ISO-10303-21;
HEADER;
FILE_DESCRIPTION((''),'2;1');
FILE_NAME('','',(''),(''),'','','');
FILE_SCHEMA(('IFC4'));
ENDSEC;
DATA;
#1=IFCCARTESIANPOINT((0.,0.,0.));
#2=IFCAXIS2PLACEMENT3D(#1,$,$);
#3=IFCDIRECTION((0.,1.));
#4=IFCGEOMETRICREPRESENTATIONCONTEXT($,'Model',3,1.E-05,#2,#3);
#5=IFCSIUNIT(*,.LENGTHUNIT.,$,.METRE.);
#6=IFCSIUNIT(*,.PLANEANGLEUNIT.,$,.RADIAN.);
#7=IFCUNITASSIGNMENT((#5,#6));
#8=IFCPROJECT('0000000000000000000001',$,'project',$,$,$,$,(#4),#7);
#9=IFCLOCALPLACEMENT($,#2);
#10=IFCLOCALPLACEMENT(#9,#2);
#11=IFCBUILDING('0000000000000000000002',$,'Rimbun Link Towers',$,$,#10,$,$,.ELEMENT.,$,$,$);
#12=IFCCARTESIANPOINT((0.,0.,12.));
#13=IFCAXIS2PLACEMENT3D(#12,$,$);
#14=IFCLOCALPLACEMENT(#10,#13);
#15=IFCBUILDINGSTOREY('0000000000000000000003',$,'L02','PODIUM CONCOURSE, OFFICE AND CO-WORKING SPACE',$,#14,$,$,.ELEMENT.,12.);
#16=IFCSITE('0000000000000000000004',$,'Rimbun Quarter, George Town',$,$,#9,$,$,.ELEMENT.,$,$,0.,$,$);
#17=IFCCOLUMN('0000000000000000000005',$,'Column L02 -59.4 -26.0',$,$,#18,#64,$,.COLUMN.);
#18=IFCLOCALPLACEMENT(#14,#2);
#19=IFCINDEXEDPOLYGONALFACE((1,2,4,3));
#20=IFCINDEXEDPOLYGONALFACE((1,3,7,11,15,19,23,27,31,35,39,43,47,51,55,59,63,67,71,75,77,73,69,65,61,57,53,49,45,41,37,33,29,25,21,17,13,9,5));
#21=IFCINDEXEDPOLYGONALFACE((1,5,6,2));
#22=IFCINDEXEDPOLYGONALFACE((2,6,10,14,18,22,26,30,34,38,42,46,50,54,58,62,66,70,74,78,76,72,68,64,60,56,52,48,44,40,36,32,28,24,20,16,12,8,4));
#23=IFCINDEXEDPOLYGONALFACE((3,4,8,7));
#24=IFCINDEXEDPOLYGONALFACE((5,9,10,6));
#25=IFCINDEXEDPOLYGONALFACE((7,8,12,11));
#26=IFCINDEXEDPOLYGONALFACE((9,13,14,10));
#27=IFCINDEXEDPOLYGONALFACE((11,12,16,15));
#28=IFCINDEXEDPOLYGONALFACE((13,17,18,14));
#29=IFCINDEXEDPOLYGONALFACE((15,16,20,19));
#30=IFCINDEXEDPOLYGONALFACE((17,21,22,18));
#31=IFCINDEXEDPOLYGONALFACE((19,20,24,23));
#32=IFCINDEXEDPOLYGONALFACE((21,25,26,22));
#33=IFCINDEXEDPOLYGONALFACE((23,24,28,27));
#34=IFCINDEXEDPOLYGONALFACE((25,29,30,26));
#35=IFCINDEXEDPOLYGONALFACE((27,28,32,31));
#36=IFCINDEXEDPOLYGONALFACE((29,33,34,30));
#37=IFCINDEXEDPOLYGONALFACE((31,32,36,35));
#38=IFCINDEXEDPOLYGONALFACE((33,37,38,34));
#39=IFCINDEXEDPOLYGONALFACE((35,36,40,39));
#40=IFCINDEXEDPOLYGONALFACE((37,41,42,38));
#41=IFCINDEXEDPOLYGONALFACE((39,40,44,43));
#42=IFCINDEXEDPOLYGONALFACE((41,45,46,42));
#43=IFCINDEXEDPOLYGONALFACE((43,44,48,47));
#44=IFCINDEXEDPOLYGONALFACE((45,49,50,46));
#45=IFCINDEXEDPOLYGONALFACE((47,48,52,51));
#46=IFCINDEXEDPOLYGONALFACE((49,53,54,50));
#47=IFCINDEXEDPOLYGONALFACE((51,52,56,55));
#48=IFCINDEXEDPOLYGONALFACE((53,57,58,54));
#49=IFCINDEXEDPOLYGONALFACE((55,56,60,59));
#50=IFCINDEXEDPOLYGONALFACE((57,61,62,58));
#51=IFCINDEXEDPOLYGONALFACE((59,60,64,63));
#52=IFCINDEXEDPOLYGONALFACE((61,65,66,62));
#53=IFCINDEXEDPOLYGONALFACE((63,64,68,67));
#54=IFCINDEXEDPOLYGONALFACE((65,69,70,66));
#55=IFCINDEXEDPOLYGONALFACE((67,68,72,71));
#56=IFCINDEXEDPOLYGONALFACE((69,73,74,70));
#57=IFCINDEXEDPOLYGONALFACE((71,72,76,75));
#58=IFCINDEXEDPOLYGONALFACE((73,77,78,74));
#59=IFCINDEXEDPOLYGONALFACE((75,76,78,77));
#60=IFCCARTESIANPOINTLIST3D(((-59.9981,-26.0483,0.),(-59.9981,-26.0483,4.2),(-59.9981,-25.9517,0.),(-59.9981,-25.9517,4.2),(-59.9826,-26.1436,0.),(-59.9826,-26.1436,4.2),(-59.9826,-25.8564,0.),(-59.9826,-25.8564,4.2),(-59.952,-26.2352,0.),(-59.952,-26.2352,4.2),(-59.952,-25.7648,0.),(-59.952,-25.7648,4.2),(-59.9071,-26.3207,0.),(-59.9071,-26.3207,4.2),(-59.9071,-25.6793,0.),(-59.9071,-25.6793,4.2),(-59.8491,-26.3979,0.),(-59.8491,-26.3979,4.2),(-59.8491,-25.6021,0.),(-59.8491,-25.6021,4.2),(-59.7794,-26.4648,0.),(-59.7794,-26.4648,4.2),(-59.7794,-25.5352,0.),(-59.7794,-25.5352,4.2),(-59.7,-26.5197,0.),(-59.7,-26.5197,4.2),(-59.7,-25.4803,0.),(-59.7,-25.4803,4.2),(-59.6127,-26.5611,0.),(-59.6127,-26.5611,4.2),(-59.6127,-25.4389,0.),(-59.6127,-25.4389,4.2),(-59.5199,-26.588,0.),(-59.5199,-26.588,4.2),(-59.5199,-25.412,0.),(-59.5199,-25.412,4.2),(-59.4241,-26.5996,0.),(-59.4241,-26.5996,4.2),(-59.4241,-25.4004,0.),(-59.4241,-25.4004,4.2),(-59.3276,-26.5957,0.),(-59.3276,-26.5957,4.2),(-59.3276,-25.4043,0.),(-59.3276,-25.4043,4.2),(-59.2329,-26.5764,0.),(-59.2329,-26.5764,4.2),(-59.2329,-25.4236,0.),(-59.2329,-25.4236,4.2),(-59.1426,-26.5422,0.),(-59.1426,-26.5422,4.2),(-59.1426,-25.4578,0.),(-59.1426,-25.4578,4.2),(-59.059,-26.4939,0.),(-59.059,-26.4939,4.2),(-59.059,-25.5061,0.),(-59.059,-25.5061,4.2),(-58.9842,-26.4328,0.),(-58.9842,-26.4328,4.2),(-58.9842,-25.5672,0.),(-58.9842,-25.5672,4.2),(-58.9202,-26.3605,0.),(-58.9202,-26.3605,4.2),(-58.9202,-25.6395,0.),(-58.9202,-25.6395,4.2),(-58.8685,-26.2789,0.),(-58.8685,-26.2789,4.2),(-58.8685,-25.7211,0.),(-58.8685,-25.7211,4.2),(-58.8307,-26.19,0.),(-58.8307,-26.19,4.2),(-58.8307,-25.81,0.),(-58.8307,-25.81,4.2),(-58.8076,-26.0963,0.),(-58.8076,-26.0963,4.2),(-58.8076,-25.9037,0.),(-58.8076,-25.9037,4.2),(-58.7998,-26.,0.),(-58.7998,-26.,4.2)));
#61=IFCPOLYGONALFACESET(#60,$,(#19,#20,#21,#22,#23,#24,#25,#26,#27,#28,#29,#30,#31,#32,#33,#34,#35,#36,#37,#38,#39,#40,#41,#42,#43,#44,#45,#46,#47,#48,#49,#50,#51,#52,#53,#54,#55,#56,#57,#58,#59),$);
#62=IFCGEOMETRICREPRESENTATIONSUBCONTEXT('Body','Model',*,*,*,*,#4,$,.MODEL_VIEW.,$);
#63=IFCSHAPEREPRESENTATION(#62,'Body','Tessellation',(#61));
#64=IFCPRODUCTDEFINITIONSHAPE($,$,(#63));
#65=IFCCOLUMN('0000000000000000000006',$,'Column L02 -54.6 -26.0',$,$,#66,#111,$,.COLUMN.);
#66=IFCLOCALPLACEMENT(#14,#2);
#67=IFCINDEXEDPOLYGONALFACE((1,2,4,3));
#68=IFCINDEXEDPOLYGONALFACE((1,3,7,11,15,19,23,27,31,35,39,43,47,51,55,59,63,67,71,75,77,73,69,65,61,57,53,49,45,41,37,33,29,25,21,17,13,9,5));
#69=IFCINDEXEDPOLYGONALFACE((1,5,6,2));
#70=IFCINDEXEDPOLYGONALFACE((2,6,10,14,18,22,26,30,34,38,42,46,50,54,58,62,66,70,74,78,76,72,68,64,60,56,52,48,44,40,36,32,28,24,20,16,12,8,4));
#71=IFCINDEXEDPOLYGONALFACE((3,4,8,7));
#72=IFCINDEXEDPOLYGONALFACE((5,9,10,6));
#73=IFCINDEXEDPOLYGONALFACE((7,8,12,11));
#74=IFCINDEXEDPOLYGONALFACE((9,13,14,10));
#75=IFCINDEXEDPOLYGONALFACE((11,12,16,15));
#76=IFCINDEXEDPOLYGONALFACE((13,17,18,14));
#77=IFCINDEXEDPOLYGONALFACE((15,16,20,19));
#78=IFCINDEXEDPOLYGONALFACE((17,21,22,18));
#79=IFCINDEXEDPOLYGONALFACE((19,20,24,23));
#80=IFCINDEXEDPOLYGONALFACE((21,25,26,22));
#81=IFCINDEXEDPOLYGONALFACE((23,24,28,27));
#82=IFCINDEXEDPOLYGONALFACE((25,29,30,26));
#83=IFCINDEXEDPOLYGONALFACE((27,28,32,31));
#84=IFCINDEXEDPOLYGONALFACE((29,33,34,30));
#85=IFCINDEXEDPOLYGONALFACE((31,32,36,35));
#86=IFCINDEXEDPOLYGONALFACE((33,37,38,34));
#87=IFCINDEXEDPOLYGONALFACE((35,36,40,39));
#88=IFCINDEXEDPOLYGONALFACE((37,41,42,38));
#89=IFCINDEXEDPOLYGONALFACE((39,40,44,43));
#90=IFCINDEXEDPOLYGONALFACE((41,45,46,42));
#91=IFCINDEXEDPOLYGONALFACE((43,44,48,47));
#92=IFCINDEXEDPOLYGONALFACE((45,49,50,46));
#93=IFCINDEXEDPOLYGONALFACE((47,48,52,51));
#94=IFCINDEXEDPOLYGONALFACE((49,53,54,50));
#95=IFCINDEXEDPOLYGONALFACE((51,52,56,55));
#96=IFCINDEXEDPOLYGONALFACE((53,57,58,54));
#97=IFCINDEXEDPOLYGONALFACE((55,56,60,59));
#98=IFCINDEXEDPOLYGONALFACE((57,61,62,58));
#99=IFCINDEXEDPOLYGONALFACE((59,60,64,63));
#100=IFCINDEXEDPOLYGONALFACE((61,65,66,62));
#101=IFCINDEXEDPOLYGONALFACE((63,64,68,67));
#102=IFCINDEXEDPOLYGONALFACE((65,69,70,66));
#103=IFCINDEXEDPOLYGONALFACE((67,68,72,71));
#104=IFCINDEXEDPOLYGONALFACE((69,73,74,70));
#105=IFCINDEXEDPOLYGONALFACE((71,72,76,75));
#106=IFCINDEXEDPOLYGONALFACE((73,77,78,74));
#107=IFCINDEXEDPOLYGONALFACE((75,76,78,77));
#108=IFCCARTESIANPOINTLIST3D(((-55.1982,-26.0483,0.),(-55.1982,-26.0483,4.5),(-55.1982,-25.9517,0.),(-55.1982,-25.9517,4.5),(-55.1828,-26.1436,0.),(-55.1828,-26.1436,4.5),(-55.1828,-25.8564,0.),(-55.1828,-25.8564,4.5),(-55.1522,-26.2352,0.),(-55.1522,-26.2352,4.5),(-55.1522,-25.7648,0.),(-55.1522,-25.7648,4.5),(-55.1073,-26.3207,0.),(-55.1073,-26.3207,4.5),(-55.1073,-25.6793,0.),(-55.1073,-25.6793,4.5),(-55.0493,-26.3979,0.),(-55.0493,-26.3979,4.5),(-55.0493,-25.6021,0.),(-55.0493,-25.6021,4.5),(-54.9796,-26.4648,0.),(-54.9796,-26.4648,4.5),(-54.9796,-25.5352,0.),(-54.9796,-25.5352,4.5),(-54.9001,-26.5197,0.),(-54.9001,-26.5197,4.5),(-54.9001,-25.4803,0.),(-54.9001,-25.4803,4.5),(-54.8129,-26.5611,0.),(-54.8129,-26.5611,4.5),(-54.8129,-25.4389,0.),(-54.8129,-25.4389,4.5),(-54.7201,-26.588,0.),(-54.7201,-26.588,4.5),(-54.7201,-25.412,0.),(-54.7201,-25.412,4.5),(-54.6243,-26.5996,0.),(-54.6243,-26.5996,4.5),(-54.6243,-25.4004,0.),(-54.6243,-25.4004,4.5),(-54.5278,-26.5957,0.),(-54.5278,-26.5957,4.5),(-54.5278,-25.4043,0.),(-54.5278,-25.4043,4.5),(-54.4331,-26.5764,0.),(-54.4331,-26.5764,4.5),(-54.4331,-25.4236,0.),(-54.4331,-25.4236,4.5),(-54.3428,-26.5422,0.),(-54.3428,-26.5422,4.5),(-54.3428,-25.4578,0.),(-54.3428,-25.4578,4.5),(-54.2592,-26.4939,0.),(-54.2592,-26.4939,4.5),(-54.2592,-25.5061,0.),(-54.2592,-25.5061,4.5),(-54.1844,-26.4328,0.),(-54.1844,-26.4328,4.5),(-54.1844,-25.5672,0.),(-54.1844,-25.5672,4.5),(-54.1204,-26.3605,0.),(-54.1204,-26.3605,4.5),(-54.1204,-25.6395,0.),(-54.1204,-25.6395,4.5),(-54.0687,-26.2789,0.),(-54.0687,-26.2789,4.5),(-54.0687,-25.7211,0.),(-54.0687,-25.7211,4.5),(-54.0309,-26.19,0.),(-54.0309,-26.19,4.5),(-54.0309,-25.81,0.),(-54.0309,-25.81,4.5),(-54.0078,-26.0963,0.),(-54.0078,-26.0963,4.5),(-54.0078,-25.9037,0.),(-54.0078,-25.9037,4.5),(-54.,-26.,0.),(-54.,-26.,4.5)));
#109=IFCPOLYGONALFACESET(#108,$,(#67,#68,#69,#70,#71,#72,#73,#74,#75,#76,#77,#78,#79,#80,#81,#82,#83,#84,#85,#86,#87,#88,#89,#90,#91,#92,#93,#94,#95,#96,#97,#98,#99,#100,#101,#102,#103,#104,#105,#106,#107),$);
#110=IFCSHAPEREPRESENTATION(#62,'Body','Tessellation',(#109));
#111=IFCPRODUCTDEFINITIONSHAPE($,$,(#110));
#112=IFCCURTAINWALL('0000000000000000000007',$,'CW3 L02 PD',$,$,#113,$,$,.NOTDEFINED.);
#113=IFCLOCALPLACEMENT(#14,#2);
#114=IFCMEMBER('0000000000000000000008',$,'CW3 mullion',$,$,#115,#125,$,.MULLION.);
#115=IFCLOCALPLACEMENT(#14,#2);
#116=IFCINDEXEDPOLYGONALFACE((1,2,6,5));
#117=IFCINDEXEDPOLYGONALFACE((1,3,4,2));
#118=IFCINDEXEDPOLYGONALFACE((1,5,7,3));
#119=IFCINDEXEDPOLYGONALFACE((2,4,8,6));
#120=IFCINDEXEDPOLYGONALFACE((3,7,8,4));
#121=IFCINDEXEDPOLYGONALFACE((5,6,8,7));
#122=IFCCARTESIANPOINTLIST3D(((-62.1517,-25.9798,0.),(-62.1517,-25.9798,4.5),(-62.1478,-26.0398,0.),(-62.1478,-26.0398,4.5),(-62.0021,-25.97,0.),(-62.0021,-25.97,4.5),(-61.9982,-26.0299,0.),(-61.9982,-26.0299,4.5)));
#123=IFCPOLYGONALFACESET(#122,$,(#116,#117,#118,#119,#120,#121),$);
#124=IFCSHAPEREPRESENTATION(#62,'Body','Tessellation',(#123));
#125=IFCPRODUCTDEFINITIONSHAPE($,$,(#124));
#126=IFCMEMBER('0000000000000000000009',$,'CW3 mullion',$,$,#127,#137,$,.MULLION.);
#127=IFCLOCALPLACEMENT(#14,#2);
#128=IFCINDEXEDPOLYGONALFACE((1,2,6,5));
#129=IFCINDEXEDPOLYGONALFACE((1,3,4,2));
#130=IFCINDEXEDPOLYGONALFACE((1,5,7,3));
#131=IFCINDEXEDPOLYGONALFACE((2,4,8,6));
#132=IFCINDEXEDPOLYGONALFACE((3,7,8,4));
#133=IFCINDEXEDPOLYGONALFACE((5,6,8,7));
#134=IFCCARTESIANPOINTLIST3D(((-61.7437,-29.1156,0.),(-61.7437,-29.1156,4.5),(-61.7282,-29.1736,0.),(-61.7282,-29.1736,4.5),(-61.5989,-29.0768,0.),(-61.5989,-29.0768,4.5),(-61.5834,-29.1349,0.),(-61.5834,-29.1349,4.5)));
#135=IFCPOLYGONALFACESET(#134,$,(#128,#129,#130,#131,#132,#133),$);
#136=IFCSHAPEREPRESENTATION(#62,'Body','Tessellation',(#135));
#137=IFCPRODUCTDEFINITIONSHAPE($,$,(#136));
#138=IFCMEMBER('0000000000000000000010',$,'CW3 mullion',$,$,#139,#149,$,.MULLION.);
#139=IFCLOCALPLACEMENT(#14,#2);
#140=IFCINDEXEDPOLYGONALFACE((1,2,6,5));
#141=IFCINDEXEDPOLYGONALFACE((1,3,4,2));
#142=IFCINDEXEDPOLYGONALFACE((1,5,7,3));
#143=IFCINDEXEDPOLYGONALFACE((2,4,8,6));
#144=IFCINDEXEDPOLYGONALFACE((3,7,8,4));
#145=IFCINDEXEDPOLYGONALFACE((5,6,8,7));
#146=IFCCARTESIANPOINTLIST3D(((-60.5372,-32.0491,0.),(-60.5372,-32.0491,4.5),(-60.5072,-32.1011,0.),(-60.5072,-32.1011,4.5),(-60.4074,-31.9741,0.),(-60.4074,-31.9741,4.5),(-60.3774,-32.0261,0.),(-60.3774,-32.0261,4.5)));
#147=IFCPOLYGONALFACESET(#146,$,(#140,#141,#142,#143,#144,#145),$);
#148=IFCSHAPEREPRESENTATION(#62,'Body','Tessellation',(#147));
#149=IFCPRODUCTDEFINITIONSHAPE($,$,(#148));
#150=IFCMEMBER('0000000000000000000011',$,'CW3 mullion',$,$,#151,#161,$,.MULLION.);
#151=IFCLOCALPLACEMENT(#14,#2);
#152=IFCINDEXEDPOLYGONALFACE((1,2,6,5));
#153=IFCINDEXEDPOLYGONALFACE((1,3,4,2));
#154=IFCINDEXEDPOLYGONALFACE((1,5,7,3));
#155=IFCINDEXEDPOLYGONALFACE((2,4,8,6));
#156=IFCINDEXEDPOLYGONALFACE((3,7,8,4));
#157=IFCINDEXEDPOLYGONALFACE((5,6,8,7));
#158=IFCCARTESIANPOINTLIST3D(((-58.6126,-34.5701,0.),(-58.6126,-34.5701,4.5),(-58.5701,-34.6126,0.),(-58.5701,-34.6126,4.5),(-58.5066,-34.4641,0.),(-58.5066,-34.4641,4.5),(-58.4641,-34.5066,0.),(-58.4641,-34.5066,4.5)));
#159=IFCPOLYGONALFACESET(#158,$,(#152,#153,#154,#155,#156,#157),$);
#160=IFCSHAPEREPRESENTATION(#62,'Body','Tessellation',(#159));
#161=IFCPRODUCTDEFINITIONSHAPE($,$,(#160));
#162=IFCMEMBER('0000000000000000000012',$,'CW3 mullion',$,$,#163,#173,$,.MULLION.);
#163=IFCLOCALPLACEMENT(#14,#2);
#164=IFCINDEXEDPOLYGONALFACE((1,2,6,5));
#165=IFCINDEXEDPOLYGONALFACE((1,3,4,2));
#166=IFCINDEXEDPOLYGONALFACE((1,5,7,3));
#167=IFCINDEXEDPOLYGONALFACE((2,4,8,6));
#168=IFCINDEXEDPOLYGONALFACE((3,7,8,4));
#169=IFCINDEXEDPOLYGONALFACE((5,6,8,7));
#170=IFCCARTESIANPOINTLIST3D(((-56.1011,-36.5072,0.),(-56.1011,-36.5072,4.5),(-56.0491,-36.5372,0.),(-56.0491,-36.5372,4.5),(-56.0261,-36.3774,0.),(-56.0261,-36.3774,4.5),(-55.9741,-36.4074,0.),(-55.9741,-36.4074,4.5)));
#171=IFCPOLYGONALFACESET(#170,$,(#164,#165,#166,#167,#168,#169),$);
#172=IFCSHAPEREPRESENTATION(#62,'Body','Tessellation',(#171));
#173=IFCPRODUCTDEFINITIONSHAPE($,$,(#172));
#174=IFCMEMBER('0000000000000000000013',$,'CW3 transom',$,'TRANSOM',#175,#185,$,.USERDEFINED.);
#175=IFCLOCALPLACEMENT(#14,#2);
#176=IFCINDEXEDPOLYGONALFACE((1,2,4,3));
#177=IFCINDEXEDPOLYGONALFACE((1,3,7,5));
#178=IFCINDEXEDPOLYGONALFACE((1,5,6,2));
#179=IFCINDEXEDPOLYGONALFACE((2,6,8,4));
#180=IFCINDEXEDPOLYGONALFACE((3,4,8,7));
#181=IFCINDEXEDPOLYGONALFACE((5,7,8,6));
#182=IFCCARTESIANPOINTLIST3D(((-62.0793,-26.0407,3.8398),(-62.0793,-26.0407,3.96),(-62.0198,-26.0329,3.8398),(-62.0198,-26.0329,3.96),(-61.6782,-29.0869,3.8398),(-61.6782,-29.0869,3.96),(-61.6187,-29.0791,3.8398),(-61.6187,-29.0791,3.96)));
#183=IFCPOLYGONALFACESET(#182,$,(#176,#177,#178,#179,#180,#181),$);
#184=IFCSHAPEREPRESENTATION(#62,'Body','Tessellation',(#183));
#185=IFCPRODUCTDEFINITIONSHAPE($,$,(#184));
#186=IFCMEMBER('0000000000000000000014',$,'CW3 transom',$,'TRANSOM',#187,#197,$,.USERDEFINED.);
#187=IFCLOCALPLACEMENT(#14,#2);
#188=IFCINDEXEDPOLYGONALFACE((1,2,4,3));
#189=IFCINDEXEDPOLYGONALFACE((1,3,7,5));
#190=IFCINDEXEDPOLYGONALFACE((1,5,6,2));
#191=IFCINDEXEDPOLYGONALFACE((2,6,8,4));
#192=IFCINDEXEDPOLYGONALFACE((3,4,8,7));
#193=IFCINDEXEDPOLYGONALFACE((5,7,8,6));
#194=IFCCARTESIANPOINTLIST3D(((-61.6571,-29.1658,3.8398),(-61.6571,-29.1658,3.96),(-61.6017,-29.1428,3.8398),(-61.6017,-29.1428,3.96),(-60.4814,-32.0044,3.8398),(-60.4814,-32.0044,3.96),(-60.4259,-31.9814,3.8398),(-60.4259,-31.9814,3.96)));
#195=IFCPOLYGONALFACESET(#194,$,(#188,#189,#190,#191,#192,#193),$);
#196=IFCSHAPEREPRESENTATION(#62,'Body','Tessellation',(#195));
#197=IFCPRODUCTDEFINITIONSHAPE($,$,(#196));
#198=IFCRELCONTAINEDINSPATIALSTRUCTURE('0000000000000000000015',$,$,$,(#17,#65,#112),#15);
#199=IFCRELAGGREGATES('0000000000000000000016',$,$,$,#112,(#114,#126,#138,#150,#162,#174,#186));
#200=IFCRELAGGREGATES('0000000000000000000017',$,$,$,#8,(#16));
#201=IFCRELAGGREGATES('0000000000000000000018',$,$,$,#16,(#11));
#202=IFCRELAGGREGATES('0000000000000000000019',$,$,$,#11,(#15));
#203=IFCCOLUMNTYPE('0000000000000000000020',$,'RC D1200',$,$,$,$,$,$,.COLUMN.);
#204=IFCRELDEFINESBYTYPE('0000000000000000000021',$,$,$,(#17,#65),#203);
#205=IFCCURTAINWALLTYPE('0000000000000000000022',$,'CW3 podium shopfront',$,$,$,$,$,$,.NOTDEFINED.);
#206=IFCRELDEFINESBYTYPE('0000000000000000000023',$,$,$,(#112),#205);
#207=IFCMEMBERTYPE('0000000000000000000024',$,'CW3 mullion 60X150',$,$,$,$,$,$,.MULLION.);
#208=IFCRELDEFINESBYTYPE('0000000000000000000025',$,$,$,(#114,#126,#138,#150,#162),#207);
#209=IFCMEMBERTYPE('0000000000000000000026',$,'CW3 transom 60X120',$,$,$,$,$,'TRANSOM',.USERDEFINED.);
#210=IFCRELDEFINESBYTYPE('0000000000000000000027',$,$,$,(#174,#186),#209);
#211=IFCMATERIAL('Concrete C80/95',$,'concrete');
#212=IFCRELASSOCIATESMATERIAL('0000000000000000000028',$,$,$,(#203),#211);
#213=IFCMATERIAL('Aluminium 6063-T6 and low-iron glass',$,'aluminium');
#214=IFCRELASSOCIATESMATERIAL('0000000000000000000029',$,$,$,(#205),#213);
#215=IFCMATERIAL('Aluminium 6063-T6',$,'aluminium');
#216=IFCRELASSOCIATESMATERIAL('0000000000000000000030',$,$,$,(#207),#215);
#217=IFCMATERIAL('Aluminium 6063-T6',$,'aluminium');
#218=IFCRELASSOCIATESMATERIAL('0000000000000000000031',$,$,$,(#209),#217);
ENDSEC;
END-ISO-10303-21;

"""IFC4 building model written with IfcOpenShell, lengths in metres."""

from ifc_helpers import new_model, si_unit, direction, frame, origin, origin_2d, place, context, subcontext, project, spatial, rectangle, circle, extrude, material, material_profile, profile_set, type_object, element, aggregate, save


model = new_model("IFC4")

# Units and contexts
model_context = context("Model", 3, precision=1e-05, world=origin(), true_north=direction((0.0, 1.0)))
body_context = subcontext(model_context, "Body", "Model", "MODEL_VIEW")
ifc_project = project(units=[si_unit("LENGTHUNIT", "METRE"), si_unit("PLANEANGLEUNIT", "RADIAN")], contexts=[model_context])

# Site, building, storey
site_placement = place(None, origin())
site = spatial("IfcSite", under=ifc_project, at=site_placement, Name="Rimbun Quarter, George Town", CompositionType="ELEMENT", RefElevation=0.0)
building_placement = place(site_placement, origin())
building = spatial("IfcBuilding", under=site, at=building_placement, Name="Rimbun Link Towers", CompositionType="ELEMENT")
storey_placement = place(building_placement, frame((0.0, 0.0, 12.0)))
storey = spatial("IfcBuildingStorey", under=building, at=storey_placement, Name="L02", Description="PODIUM CONCOURSE, OFFICE AND CO-WORKING SPACE", CompositionType="ELEMENT", Elevation=12.0)

# Columns
ifc_material_1 = material(Name="Concrete C80/95", Category="concrete")
ifc_material_profile_1 = material_profile(ifc_material_1, circle(Radius=0.6001, at=origin_2d()), Name="RC D1200")
ifc_profile_set_1 = profile_set([ifc_material_profile_1], Name="Concrete C80/95")
column_type = type_object("IfcColumnType", Name="RC D1200", PredefinedType="COLUMN", material=ifc_profile_set_1)
column_1_placement = place(storey_placement, frame((-59.3999, -26.0, 0.0), z_axis=(0.0, 0.0, 1.0), x_axis=(1.0, 0.0, 0.0)))
element("IfcColumn", 1, at=column_1_placement, inside=storey, type_object=column_type, Name="Column L02 -59.4 -26.0", PredefinedType="COLUMN", context=body_context, shape_type="SweptSolid", body=[
    extrude(circle(Radius=0.6001, at=origin_2d()), origin(), (0.0, 0.0, 1.0), 4.2),
])
column_2_placement = place(storey_placement, frame((-54.6001, -26.0, 0.0), z_axis=(0.0, 0.0, 1.0), x_axis=(1.0, 0.0, 0.0)))
element("IfcColumn", 2, at=column_2_placement, inside=storey, type_object=column_type, Name="Column L02 -54.6 -26.0", PredefinedType="COLUMN", context=body_context, shape_type="SweptSolid", body=[
    extrude(circle(Radius=0.6001, at=origin_2d()), origin(), (0.0, 0.0, 1.0), 4.5),
])

# Curtain wall, members
ifc_material_2 = material(Name="Aluminium 6063-T6 and low-iron glass", Category="aluminium")
curtain_wall_type = type_object("IfcCurtainWallType", Name="CW3 podium shopfront", PredefinedType="NOTDEFINED", material=ifc_material_2)
curtain_wall_placement = place(storey_placement, origin())
curtain_wall = element("IfcCurtainWall", 3, at=curtain_wall_placement, inside=storey, type_object=curtain_wall_type, Name="CW3 L02 PD", PredefinedType="NOTDEFINED")
ifc_material_3 = material(Name="Aluminium 6063-T6", Category="aluminium")
ifc_material_profile_2 = material_profile(ifc_material_3, rectangle(XDim=0.1499, YDim=0.0601, at=origin_2d()), Name="MULLION 60X150")
ifc_profile_set_2 = profile_set([ifc_material_profile_2], Name="Aluminium 6063-T6")
member_type_1 = type_object("IfcMemberType", Name="CW3 mullion 60X150", PredefinedType="MULLION", material=ifc_profile_set_2)
member_1_placement = place(storey_placement, frame((-62.075, -26.0049, 0.0), z_axis=(0.0, 0.0, 1.0), x_axis=(-0.997859, -0.065405, 0.0)))
member_1 = element("IfcMember", 4, at=member_1_placement, type_object=member_type_1, Name="CW3 mullion", PredefinedType="MULLION", context=body_context, shape_type="SweptSolid", body=[
    extrude(rectangle(XDim=0.1499, YDim=0.0601, at=origin_2d()), origin(), (0.0, 0.0, 1.0), 4.5),
])
member_2_placement = place(storey_placement, frame((-61.6636, -29.1252, 0.0), z_axis=(0.0, 0.0, 1.0), x_axis=(-0.965926, -0.258819, 0.0)))
member_2 = element("IfcMember", 5, at=member_2_placement, type_object=member_type_1, Name="CW3 mullion", PredefinedType="MULLION", context=body_context, shape_type="SweptSolid", body=[
    extrude(rectangle(XDim=0.1499, YDim=0.0601, at=origin_2d()), origin(), (0.0, 0.0, 1.0), 4.5),
])
member_3_placement = place(storey_placement, frame((-60.4573, -32.0376, 0.0), z_axis=(0.0, 0.0, 1.0), x_axis=(-0.866029, -0.499994, 0.0)))
member_3 = element("IfcMember", 6, at=member_3_placement, type_object=member_type_1, Name="CW3 mullion", PredefinedType="MULLION", context=body_context, shape_type="SweptSolid", body=[
    extrude(rectangle(XDim=0.1499, YDim=0.0601, at=origin_2d()), origin(), (0.0, 0.0, 1.0), 4.5),
])
member_4_placement = place(storey_placement, frame((-58.5383, -34.5383, 0.0), z_axis=(0.0, 0.0, 1.0), x_axis=(-0.707107, -0.707107, 0.0)))
member_4 = element("IfcMember", 7, at=member_4_placement, type_object=member_type_1, Name="CW3 mullion", PredefinedType="MULLION", context=body_context, shape_type="SweptSolid", body=[
    extrude(rectangle(XDim=0.1499, YDim=0.0601, at=origin_2d()), origin(), (0.0, 0.0, 1.0), 4.5),
])
member_5_placement = place(storey_placement, frame((-56.0376, -36.4573, 0.0), z_axis=(0.0, 0.0, 1.0), x_axis=(-0.499994, -0.866029, 0.0)))
member_5 = element("IfcMember", 8, at=member_5_placement, type_object=member_type_1, Name="CW3 mullion", PredefinedType="MULLION", context=body_context, shape_type="SweptSolid", body=[
    extrude(rectangle(XDim=0.1499, YDim=0.0601, at=origin_2d()), origin(), (0.0, 0.0, 1.0), 4.5),
])
ifc_material_4 = material(Name="Aluminium 6063-T6", Category="aluminium")
ifc_material_profile_3 = material_profile(ifc_material_4, rectangle(XDim=0.0601, YDim=0.1201, at=origin_2d()), Name="TRANSOM 60X120")
ifc_profile_set_3 = profile_set([ifc_material_profile_3], Name="Aluminium 6063-T6")
member_type_2 = type_object("IfcMemberType", Name="CW3 transom 60X120", ElementType="TRANSOM", PredefinedType="USERDEFINED", material=ifc_profile_set_3)
member_6_placement = place(storey_placement, frame((-61.6484, -29.083, 3.8999), z_axis=(-0.130555, 0.991441, 0.0), x_axis=(-0.991441, -0.130555, 0.0)))
member_6 = element("IfcMember", 9, at=member_6_placement, type_object=member_type_2, Name="CW3 transom", ObjectType="TRANSOM", PredefinedType="USERDEFINED", context=body_context, shape_type="SweptSolid", body=[
    extrude(rectangle(XDim=0.0601, YDim=0.1201, at=origin_2d()), origin(), (0.0, 0.0, 1.0), 3.0725),
])
member_7_placement = place(storey_placement, frame((-60.4536, -31.9929, 3.8999), z_axis=(-0.382679, 0.923881, 0.0), x_axis=(-0.923881, -0.382679, 0.0)))
member_7 = element("IfcMember", 10, at=member_7_placement, type_object=member_type_2, Name="CW3 transom", ObjectType="TRANSOM", PredefinedType="USERDEFINED", context=body_context, shape_type="SweptSolid", body=[
    extrude(rectangle(XDim=0.0601, YDim=0.1201, at=origin_2d()), origin(), (0.0, 0.0, 1.0), 3.0725),
])

aggregate(curtain_wall, [member_1, member_2, member_3, member_4, member_5, member_6, member_7])

save(model, "model.ifc")
